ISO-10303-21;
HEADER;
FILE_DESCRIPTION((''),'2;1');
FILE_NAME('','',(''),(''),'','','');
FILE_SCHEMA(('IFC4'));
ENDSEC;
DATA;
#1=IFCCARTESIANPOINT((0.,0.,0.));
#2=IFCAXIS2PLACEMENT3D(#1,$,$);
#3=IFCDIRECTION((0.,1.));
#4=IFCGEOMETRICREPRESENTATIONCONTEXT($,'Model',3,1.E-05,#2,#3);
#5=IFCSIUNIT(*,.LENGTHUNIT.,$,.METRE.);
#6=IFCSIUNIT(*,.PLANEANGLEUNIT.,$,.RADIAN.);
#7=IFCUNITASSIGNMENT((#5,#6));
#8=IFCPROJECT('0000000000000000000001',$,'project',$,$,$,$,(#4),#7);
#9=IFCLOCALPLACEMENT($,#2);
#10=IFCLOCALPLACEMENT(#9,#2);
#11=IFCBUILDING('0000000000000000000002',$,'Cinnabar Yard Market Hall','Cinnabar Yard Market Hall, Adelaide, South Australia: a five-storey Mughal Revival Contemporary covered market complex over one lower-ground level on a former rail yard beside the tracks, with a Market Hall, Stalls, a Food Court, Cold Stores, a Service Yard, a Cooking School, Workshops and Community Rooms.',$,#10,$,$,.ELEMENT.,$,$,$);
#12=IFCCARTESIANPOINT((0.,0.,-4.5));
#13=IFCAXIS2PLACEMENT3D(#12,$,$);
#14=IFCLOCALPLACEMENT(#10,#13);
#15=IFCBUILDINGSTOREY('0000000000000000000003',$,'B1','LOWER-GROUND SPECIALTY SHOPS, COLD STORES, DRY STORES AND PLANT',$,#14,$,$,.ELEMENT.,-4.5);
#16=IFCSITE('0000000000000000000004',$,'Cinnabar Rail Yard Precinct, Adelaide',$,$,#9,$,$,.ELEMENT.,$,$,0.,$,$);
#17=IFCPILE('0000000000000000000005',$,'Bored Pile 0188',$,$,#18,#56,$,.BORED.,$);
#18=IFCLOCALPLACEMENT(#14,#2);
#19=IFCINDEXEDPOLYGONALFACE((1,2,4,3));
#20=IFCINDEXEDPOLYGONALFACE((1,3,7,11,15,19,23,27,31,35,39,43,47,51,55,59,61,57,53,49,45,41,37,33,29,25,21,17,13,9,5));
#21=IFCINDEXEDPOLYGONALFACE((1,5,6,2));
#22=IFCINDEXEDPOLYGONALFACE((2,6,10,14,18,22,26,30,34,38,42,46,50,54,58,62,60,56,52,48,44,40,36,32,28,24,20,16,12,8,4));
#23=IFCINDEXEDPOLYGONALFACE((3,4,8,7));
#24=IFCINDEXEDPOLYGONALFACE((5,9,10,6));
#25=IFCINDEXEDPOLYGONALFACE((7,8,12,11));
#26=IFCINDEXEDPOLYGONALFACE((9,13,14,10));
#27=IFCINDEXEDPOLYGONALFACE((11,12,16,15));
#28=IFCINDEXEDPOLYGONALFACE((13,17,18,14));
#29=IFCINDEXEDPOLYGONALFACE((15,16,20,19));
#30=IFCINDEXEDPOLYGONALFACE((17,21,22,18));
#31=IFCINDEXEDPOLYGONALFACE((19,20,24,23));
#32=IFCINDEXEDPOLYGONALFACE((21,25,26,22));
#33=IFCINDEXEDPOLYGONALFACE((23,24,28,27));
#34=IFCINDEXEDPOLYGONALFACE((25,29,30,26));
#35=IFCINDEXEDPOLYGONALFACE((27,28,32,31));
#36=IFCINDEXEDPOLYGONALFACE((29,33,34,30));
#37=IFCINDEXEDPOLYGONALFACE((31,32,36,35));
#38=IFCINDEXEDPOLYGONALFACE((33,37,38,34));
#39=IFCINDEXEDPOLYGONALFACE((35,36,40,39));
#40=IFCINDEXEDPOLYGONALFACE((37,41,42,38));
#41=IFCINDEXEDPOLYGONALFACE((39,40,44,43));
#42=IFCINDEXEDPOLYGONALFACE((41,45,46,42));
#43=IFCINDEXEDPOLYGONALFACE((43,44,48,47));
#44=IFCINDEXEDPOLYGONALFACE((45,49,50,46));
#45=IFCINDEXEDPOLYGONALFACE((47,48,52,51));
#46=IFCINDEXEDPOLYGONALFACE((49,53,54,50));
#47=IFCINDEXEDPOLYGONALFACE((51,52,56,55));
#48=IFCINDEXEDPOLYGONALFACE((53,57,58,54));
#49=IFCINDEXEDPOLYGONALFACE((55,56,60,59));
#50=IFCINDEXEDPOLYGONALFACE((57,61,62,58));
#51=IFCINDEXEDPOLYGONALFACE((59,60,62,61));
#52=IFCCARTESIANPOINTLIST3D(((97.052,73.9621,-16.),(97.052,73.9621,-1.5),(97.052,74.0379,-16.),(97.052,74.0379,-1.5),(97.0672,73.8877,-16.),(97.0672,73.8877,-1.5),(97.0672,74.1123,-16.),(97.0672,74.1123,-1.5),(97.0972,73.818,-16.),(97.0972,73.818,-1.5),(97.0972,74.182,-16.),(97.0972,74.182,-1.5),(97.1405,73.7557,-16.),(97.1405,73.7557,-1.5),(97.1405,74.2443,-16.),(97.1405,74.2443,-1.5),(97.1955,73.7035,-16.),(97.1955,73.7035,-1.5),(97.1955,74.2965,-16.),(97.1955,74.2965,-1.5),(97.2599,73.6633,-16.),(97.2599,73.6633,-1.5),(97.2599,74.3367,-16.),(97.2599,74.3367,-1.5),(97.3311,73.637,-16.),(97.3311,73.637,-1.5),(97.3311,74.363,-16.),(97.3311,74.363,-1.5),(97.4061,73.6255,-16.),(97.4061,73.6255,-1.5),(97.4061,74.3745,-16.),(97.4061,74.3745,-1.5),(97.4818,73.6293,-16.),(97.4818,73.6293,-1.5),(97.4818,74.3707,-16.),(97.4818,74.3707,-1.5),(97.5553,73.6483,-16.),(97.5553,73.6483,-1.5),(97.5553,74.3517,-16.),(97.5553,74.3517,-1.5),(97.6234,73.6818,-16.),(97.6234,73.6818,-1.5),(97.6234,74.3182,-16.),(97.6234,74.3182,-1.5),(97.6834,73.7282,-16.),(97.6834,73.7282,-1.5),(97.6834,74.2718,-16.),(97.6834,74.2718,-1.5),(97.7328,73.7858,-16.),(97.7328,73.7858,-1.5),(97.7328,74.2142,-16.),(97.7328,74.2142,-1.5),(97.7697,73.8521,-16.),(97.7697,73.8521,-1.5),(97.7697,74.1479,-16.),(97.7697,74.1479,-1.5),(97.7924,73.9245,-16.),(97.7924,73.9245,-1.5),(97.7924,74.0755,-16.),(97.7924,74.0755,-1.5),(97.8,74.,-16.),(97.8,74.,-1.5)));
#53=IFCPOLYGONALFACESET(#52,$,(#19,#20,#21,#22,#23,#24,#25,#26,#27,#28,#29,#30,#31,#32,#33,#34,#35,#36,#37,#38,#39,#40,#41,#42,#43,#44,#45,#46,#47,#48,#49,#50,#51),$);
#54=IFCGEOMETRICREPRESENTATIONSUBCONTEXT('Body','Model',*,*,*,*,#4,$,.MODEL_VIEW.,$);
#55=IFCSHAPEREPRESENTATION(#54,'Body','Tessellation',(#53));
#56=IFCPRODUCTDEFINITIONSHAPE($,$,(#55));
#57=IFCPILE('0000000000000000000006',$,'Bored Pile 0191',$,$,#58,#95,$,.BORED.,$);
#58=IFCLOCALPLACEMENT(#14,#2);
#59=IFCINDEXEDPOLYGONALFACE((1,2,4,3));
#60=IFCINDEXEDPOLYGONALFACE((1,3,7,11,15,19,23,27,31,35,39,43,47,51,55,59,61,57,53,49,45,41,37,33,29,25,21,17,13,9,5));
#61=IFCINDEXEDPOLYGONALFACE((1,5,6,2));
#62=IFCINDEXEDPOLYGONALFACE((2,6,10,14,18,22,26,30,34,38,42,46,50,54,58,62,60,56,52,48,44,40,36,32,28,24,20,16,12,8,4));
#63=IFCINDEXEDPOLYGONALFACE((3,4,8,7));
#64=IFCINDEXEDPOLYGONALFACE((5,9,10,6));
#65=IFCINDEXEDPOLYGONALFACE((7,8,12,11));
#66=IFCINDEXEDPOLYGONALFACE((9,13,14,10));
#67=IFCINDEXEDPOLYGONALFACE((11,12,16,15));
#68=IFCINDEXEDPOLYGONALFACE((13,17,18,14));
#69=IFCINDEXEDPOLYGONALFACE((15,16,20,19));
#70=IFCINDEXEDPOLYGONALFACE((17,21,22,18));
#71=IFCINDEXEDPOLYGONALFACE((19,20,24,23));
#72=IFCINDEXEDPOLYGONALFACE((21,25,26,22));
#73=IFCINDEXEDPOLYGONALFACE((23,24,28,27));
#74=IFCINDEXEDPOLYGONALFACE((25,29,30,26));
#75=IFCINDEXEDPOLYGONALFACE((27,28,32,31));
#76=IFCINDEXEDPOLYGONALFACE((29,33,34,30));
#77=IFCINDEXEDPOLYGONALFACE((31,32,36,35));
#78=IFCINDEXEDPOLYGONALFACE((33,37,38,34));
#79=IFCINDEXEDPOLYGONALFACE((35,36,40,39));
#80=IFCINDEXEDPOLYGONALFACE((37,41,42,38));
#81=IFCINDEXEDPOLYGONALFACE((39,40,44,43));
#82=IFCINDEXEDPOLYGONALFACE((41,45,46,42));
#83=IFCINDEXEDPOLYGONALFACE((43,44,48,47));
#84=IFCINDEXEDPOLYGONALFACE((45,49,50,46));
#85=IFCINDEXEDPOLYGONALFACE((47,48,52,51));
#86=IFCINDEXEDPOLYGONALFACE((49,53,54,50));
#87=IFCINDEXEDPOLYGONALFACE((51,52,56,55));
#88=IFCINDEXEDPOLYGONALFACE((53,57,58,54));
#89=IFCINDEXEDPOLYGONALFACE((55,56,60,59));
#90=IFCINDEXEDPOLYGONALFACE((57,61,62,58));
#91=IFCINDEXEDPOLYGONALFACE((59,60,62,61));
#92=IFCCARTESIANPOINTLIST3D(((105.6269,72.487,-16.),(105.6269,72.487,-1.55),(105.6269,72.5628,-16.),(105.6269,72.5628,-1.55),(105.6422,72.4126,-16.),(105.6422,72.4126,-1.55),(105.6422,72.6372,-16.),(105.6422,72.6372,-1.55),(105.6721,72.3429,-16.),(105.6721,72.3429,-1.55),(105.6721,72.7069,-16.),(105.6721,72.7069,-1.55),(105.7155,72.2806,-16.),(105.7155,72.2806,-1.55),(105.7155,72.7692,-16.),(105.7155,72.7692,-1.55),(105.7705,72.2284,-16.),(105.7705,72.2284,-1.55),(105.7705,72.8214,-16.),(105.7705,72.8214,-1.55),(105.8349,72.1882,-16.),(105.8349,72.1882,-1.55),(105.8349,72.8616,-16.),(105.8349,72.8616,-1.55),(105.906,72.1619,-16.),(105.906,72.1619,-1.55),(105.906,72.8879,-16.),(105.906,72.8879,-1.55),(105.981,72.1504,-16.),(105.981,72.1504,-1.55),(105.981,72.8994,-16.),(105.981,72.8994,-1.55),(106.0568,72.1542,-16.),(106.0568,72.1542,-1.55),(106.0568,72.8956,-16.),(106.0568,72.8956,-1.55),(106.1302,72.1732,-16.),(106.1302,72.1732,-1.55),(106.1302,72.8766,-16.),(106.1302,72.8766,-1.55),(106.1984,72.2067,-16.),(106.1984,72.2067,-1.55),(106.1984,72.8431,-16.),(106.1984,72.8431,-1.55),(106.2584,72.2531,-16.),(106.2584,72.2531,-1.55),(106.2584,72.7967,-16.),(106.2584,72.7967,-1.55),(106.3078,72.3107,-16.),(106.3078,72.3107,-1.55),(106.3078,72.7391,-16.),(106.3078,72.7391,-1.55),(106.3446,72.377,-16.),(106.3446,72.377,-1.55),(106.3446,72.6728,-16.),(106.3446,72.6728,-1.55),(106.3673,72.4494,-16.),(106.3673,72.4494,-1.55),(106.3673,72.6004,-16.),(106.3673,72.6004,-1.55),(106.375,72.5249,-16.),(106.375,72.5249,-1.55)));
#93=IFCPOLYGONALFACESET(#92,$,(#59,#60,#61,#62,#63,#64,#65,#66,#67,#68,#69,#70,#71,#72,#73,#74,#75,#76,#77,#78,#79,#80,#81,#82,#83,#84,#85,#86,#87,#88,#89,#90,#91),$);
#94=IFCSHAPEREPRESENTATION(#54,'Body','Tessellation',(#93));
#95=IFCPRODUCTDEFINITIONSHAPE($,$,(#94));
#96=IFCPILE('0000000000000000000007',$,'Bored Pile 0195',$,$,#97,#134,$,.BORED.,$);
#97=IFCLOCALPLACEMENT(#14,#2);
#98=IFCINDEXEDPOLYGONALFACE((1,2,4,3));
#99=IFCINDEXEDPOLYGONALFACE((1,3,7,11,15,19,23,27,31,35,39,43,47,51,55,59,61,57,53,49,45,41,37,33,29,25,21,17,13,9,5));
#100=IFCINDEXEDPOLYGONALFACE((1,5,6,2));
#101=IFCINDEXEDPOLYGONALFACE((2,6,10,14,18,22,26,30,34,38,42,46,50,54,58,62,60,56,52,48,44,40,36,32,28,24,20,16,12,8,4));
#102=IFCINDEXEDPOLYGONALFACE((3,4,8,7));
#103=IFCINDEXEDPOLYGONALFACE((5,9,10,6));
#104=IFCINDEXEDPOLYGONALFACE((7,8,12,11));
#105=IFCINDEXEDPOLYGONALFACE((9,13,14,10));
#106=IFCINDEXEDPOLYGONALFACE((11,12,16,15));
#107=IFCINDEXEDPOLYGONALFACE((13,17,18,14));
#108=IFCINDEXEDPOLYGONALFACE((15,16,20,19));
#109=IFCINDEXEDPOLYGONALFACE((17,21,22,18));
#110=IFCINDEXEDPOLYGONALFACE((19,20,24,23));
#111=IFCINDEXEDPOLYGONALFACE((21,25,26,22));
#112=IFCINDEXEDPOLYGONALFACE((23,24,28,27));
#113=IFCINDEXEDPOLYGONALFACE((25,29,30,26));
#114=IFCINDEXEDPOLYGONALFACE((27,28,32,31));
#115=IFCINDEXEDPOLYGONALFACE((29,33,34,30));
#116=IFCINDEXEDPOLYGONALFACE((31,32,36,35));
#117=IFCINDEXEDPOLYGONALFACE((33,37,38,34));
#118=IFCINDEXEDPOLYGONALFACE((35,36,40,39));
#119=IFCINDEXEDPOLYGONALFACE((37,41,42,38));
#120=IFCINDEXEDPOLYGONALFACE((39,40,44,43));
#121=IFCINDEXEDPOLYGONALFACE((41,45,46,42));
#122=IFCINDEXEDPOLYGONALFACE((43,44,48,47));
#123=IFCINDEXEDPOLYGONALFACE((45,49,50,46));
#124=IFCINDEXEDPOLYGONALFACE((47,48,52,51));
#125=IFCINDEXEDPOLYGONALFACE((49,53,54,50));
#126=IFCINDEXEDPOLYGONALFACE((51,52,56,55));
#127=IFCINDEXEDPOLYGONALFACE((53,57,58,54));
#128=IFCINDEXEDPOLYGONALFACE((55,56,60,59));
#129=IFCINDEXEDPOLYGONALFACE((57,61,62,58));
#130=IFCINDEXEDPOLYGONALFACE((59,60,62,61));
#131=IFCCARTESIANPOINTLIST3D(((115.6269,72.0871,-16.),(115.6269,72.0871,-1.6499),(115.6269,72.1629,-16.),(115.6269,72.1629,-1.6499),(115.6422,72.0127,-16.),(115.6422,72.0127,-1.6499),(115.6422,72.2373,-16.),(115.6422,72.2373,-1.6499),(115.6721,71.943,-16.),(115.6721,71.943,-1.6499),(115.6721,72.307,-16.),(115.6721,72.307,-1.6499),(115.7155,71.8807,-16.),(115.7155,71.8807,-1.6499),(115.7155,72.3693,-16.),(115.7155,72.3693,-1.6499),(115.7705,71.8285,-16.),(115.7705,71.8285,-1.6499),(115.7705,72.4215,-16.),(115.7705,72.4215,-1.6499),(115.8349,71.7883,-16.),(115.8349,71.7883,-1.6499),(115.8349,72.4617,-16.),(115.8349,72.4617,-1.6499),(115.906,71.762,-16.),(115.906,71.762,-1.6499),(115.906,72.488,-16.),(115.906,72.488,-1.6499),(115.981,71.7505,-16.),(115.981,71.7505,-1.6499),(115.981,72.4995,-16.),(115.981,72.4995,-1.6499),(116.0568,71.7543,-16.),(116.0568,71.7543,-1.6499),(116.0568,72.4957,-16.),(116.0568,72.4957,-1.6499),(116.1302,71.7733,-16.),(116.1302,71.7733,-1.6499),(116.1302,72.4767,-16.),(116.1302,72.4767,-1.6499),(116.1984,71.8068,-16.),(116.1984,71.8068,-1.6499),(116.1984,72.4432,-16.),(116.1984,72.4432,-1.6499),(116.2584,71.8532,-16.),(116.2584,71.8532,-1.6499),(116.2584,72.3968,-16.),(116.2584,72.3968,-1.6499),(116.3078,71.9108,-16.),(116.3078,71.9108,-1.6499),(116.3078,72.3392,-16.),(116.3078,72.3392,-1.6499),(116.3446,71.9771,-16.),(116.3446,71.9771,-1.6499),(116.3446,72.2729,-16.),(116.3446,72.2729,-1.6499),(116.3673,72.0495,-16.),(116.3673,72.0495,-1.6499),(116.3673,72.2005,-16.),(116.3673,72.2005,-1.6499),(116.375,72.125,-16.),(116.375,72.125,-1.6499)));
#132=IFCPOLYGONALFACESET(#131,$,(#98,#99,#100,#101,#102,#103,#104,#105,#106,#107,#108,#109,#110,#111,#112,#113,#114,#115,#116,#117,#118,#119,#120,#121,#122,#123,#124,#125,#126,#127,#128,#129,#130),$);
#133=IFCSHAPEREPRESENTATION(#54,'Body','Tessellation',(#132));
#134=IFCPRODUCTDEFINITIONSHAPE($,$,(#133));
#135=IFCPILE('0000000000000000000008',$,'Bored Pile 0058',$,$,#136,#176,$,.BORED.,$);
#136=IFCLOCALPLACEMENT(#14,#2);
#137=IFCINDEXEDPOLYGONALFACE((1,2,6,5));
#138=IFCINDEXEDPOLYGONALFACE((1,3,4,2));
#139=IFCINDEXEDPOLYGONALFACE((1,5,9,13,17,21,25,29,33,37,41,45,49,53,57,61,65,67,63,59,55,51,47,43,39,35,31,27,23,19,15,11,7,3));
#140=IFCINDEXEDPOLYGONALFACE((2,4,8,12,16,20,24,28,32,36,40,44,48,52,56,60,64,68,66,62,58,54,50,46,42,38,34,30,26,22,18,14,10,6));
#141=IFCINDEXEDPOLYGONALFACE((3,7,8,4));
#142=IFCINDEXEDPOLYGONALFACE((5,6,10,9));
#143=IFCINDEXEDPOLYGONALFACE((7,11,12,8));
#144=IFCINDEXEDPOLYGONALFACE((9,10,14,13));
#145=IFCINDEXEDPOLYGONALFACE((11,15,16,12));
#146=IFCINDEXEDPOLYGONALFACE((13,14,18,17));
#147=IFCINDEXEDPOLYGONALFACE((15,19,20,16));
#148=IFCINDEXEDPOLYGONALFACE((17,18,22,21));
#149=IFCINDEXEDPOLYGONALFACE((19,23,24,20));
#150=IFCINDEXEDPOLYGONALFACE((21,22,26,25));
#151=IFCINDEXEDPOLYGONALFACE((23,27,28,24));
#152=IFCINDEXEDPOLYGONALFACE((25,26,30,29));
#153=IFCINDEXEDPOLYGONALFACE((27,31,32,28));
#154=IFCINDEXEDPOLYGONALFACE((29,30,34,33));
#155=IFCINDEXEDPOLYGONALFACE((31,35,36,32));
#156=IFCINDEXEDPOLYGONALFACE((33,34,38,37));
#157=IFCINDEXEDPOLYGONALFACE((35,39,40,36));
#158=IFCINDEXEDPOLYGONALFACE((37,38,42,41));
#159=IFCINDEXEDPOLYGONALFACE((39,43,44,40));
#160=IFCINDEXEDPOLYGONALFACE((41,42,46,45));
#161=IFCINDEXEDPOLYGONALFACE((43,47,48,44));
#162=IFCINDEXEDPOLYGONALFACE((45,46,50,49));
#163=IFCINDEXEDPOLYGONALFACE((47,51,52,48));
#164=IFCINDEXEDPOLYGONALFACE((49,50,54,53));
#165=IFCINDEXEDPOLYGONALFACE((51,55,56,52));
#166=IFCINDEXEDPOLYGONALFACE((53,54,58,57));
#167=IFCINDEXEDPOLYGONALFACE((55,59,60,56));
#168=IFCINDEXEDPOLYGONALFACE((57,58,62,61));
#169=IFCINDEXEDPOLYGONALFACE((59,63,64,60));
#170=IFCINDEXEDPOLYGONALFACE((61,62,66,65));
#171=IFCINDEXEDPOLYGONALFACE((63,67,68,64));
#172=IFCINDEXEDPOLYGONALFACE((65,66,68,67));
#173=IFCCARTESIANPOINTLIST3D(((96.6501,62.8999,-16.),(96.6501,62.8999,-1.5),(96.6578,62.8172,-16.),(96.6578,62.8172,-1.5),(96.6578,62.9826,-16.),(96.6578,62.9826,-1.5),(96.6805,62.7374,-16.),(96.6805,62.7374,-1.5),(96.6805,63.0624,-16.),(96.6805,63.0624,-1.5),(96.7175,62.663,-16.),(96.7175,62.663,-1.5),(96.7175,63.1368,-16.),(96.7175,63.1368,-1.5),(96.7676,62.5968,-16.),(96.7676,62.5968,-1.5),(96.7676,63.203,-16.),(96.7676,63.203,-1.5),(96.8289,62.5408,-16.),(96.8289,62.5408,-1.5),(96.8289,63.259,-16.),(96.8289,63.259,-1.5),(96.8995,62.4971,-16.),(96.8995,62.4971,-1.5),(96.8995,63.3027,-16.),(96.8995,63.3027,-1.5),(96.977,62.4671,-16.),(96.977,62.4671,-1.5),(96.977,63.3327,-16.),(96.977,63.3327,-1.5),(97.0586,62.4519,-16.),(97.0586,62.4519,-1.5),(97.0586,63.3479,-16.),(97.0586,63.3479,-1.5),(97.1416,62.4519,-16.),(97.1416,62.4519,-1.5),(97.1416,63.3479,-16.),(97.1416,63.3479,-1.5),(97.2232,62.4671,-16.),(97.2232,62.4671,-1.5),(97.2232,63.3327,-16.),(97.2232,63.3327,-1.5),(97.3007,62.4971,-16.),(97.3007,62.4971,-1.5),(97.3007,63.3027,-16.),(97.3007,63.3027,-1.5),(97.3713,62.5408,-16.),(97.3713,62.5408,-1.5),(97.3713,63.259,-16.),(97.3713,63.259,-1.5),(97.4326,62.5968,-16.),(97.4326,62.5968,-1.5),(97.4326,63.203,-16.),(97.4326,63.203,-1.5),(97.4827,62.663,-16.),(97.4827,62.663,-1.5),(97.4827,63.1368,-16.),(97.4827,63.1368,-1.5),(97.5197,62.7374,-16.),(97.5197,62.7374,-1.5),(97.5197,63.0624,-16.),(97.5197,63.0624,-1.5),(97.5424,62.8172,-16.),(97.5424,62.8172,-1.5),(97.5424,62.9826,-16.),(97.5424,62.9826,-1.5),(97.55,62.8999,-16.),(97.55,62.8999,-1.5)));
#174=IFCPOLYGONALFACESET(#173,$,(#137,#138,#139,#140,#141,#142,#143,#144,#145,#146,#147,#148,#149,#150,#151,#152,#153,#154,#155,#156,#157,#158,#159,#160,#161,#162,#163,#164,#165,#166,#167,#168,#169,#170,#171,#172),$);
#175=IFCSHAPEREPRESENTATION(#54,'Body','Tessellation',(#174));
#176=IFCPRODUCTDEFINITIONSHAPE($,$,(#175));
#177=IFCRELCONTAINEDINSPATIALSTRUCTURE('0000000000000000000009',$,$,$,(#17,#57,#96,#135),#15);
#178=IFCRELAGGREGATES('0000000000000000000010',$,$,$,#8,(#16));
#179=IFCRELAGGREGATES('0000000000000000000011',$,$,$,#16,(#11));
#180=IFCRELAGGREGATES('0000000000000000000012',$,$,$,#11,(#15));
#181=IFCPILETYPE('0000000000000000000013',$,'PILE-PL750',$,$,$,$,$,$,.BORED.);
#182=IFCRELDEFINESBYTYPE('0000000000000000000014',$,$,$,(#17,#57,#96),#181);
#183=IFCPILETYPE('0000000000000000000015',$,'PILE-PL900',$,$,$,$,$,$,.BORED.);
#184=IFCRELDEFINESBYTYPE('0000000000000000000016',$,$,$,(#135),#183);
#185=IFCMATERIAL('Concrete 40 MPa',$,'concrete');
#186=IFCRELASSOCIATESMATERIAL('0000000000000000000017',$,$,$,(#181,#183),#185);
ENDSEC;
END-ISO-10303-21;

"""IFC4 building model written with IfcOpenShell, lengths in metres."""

from ifc_helpers import new_model, si_unit, direction, frame, origin, origin_2d_with_axis, place, context, subcontext, project, spatial, circle, extrude, material, material_profile, profile_set, type_object, element, save


model = new_model("IFC4")

# Units and contexts
model_context = context("Model", 3, precision=1e-05, world=origin(), true_north=direction((0.0, 1.0)))
body_context = subcontext(model_context, "Body", "Model", "MODEL_VIEW")
ifc_project = project(units=[si_unit("LENGTHUNIT", "METRE"), si_unit("PLANEANGLEUNIT", "RADIAN")], contexts=[model_context])

# Site, building, storey
site_placement = place(None, origin())
site = spatial("IfcSite", under=ifc_project, at=site_placement, Name="Cinnabar Rail Yard Precinct, Adelaide", CompositionType="ELEMENT", RefElevation=0.0)
building_placement = place(site_placement, origin())
building = spatial("IfcBuilding", under=site, at=building_placement, Name="Cinnabar Yard Market Hall", Description="Cinnabar Yard Market Hall, Adelaide, South Australia: a five-storey Mughal Revival Contemporary covered market complex over one lower-ground level on a former rail yard beside the tracks, with a Market Hall, Stalls, a Food Court, Cold Stores, a Service Yard, a Cooking School, Workshops and Community Rooms.", CompositionType="ELEMENT")
storey_placement = place(building_placement, frame((0.0, 0.0, -4.5)))
storey = spatial("IfcBuildingStorey", under=building, at=storey_placement, Name="B1", Description="LOWER-GROUND SPECIALTY SHOPS, COLD STORES, DRY STORES AND PLANT", CompositionType="ELEMENT", Elevation=-4.5)

# Shared definitions
ifc_material_1 = material(Name="Concrete 40 MPa", Category="concrete")

# Piles
ifc_material_profile_1 = material_profile(ifc_material_1, circle(Radius=0.375, at=origin_2d_with_axis()), Name="PILE-D750")
ifc_profile_set_1 = profile_set([ifc_material_profile_1], Name="Concrete 40 MPa")
pile_type_1 = type_object("IfcPileType", Name="PILE-PL750", PredefinedType="BORED", material=ifc_profile_set_1)
pile_1_placement = place(storey_placement, frame((97.425, 74.0, -1.5), z_axis=(0.0, 0.0, -1.0), x_axis=(1.0, 0.0, 0.0)))
element("IfcPile", 1, at=pile_1_placement, inside=storey, type_object=pile_type_1, Name="Bored Pile 0188", PredefinedType="BORED", context=body_context, shape_type="SweptSolid", body=[
    extrude(circle(Radius=0.375, at=origin_2d_with_axis()), origin(), (0.0, 0.0, 1.0), 14.5),
])
pile_2_placement = place(storey_placement, frame((106.0, 72.5249, -1.55), z_axis=(0.0, 0.0, -1.0), x_axis=(1.0, 0.0, 0.0)))
element("IfcPile", 2, at=pile_2_placement, inside=storey, type_object=pile_type_1, Name="Bored Pile 0191", PredefinedType="BORED", context=body_context, shape_type="SweptSolid", body=[
    extrude(circle(Radius=0.375, at=origin_2d_with_axis()), origin(), (0.0, 0.0, 1.0), 14.45),
])
pile_3_placement = place(storey_placement, frame((116.0, 72.125, -1.6499), z_axis=(0.0, 0.0, -1.0), x_axis=(1.0, 0.0, 0.0)))
element("IfcPile", 3, at=pile_3_placement, inside=storey, type_object=pile_type_1, Name="Bored Pile 0195", PredefinedType="BORED", context=body_context, shape_type="SweptSolid", body=[
    extrude(circle(Radius=0.375, at=origin_2d_with_axis()), origin(), (0.0, 0.0, 1.0), 14.3501),
])
ifc_material_profile_2 = material_profile(ifc_material_1, circle(Radius=0.45, at=origin_2d_with_axis()), Name="PILE-D900")
ifc_profile_set_2 = profile_set([ifc_material_profile_2], Name="Concrete 40 MPa")
pile_type_2 = type_object("IfcPileType", Name="PILE-PL900", PredefinedType="BORED", material=ifc_profile_set_2)
for number, where, z_axis, x_axis, name in (
    (4, (97.1001, 62.8999, -1.5), (0.0, 0.0, -1.0), (1.0, 0.0, 0.0), "Bored Pile 0058"),
):
    element("IfcPile", number, at=place(storey_placement, frame(where, z_axis=z_axis, x_axis=x_axis)), inside=storey, type_object=pile_type_2, Name=name, PredefinedType="BORED", context=body_context, shape_type="SweptSolid", body=[
        extrude(circle(Radius=0.45, at=origin_2d_with_axis()), origin(), (0.0, 0.0, 1.0), 14.5),
    ])

save(model, "model.ifc")
